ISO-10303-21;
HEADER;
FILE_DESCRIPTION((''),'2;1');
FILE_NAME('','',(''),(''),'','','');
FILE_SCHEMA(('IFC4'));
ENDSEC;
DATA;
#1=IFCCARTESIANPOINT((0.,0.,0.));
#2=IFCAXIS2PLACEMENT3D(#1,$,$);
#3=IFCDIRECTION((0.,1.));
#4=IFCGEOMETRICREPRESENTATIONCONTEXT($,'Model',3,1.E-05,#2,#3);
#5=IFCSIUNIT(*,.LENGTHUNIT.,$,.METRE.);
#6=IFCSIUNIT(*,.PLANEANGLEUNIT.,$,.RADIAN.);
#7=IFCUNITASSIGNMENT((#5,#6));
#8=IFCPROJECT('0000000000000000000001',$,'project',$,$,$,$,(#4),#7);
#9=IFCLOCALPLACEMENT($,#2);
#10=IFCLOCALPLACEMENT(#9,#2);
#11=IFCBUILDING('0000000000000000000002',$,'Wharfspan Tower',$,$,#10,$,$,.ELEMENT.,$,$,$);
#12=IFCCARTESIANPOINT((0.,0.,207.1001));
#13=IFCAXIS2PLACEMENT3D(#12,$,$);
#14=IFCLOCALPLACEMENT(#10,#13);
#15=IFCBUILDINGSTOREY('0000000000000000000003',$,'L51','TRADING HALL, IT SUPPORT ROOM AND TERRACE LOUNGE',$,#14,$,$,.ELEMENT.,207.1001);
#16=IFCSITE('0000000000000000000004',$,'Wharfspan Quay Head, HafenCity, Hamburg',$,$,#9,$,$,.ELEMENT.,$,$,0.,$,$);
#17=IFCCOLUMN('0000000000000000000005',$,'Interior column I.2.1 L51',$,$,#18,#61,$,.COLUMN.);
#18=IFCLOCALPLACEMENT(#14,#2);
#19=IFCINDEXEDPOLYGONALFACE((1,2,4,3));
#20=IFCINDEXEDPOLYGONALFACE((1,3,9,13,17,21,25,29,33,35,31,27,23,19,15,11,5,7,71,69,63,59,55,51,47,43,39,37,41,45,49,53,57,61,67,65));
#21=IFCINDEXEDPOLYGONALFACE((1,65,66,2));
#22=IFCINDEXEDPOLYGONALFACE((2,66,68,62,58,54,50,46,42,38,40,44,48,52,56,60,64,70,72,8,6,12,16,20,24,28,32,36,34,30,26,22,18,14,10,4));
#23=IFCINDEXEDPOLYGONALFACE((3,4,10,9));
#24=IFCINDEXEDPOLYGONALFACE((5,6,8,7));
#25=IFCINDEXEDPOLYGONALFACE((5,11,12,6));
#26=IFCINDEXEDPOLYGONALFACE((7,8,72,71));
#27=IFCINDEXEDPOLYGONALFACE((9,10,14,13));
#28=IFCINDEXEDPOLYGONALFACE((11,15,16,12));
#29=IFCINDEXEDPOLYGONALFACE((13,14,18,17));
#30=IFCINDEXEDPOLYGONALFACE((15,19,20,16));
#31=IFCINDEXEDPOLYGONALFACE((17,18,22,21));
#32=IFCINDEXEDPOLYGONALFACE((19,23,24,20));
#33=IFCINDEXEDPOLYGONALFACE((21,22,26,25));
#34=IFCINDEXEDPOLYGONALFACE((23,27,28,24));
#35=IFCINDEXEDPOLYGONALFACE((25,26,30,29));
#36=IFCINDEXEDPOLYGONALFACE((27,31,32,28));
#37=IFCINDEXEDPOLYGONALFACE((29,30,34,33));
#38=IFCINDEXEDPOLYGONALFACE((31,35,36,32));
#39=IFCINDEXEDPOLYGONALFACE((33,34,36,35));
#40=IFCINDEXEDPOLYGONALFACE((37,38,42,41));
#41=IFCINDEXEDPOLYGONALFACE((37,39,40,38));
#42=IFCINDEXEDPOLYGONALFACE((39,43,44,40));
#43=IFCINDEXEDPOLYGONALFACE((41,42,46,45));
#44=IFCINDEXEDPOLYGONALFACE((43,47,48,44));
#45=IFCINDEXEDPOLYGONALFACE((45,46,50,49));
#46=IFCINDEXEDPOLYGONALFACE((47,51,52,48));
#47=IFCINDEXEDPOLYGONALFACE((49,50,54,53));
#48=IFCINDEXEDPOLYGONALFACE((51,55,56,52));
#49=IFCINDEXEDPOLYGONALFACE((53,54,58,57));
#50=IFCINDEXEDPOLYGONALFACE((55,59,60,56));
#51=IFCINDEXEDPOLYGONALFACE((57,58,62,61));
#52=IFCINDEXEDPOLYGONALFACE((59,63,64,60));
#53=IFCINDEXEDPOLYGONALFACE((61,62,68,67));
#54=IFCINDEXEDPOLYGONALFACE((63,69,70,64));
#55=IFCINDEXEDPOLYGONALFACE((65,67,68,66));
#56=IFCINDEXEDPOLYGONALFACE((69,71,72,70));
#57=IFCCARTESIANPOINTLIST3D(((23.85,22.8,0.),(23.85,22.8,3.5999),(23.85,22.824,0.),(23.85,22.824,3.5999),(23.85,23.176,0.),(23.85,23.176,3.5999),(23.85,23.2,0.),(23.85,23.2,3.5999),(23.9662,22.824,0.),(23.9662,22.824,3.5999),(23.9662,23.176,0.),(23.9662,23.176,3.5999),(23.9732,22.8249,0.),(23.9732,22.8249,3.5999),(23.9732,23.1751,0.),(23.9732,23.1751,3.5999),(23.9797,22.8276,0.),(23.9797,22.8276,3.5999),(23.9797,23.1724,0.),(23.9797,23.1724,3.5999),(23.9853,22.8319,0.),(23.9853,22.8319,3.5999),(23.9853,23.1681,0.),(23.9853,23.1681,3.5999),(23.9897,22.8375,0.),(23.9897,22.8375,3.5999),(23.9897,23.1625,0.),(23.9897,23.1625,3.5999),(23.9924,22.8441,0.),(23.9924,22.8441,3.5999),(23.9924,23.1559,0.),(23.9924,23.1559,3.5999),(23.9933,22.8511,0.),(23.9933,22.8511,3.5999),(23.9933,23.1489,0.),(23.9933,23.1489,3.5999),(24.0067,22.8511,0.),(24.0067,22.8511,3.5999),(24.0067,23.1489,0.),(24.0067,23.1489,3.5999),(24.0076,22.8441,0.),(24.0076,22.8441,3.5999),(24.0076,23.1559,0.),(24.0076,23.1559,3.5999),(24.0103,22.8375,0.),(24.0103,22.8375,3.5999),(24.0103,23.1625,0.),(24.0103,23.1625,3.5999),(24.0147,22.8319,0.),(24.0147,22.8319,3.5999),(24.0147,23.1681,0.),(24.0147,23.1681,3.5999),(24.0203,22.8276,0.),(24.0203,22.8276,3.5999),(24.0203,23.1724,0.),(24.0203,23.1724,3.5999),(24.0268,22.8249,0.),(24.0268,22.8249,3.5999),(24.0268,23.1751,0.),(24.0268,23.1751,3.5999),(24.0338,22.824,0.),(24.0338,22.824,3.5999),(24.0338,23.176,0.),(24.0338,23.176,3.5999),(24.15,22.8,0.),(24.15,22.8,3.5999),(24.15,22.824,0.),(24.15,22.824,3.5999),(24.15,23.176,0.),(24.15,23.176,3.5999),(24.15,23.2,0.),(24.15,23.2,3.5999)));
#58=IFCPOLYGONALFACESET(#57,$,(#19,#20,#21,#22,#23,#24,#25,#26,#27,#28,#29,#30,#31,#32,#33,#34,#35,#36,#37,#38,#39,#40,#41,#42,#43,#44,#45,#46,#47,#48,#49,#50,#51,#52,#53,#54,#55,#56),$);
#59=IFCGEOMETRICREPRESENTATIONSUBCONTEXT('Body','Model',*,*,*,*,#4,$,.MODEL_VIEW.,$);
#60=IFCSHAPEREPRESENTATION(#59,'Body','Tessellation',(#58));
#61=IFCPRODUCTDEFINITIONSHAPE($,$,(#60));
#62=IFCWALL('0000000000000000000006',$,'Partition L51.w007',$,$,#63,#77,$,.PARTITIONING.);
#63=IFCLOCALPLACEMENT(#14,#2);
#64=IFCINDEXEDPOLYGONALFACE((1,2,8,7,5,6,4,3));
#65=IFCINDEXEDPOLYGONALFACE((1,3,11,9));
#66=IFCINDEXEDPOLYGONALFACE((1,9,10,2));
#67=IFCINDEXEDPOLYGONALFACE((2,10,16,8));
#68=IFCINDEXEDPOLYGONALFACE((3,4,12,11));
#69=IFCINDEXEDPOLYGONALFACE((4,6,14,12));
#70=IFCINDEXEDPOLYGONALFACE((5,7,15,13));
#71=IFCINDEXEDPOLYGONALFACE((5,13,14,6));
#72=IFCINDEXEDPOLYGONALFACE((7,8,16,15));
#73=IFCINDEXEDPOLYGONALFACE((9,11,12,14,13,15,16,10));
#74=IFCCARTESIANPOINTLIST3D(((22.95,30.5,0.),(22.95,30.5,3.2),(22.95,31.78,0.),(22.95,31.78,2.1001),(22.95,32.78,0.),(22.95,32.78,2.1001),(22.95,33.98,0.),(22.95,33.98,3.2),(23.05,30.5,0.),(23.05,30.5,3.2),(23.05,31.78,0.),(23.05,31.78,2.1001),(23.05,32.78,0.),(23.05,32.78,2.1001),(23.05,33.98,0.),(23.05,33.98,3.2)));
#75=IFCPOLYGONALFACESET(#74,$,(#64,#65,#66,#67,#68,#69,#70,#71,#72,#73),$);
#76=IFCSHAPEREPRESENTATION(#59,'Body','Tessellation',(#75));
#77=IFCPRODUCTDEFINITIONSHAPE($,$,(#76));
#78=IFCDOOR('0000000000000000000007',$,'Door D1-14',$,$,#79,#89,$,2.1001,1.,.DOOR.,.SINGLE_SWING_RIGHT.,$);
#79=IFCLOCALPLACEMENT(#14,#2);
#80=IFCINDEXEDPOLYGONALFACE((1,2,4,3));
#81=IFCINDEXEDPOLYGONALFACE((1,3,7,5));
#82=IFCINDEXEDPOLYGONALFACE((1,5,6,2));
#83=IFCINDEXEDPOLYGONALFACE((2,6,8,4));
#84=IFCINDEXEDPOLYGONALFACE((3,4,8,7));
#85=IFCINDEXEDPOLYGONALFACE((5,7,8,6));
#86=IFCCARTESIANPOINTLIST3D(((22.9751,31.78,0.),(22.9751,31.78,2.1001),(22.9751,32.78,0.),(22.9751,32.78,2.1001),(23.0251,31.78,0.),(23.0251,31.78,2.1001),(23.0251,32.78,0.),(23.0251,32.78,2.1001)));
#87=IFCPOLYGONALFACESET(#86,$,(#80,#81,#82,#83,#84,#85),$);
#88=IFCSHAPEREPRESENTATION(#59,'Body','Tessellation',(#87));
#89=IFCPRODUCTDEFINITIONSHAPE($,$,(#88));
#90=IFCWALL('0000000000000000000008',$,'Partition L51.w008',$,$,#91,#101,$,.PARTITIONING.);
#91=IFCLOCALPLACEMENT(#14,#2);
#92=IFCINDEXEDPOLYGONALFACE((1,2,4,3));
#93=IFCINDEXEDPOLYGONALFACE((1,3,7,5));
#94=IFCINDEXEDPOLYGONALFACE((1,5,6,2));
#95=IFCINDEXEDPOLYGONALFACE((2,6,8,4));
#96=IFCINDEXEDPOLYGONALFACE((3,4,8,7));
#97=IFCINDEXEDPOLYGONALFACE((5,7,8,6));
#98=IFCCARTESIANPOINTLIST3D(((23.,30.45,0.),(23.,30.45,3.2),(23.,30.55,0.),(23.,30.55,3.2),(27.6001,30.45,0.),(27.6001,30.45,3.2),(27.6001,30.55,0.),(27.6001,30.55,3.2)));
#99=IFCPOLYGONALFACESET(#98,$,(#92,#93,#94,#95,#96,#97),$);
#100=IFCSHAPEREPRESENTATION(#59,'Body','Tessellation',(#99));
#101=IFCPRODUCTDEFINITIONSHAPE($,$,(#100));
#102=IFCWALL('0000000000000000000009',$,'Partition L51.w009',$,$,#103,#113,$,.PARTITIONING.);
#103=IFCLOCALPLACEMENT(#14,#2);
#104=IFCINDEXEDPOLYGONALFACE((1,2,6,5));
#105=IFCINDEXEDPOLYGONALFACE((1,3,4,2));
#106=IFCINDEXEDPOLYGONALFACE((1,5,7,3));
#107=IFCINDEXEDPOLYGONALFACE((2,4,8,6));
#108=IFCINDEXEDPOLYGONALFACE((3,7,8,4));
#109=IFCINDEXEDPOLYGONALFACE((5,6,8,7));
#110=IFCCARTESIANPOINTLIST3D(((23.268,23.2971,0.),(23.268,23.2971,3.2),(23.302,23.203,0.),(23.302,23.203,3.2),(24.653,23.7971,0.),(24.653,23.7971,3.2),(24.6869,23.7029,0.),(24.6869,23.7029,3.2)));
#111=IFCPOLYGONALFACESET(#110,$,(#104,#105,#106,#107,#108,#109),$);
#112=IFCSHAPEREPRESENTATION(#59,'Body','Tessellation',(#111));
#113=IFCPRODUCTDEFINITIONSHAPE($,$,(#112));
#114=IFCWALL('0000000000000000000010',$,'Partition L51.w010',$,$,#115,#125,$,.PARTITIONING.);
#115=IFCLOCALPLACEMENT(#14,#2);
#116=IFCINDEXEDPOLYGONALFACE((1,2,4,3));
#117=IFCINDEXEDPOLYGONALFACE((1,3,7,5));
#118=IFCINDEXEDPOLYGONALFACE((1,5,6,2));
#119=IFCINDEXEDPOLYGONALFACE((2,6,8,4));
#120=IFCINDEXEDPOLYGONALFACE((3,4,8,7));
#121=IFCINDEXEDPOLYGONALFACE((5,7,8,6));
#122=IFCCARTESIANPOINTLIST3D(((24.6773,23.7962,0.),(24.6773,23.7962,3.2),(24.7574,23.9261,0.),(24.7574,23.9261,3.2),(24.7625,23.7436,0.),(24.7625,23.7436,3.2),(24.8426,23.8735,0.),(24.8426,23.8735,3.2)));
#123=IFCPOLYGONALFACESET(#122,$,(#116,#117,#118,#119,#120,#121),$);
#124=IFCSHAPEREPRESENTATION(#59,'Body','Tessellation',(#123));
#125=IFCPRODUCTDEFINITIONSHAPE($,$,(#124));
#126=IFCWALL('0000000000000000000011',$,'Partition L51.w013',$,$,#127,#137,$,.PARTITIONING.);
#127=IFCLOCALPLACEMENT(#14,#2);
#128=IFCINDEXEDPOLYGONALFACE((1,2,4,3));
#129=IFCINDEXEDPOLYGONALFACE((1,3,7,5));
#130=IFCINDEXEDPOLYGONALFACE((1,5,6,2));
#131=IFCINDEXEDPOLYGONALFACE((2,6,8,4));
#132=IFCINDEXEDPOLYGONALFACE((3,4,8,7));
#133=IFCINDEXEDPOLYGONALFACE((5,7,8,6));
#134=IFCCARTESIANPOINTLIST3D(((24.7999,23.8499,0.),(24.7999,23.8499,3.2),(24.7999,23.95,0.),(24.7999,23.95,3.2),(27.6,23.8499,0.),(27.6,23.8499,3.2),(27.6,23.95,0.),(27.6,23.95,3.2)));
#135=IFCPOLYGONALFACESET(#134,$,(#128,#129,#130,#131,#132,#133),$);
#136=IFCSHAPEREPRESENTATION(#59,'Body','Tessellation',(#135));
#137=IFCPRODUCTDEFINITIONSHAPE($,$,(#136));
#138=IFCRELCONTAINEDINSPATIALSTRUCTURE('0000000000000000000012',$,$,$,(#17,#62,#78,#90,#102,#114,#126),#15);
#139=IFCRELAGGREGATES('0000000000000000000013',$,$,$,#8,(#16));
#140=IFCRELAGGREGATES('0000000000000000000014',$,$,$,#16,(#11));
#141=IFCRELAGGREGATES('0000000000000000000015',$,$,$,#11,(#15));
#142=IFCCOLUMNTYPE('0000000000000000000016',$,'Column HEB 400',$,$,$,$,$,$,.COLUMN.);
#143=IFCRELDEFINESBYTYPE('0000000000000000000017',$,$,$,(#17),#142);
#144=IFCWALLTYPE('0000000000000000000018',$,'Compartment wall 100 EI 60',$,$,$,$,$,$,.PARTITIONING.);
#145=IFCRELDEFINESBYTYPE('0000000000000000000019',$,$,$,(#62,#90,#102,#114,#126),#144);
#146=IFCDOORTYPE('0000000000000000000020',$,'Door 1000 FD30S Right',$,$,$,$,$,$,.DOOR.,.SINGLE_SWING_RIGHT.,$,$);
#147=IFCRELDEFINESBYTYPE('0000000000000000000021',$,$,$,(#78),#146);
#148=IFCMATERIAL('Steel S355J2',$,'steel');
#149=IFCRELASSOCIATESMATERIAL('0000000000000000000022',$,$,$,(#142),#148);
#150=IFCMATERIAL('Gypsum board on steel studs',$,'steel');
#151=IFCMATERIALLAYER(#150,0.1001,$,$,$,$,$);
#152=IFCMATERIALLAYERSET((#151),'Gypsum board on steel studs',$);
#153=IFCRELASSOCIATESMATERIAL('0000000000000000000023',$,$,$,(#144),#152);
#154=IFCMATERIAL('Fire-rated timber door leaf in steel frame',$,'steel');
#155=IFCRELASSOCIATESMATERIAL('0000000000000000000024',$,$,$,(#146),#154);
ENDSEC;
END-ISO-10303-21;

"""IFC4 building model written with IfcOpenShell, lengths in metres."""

from ifc_helpers import new_model, si_unit, direction, frame, frame_2d, origin, origin_2d, place, context, subcontext, project, spatial, rectangle, i_section, extrude, material, layer, layer_set, material_profile, profile_set, type_object, element, fill, save


model = new_model("IFC4")

# Units and contexts
model_context = context("Model", 3, precision=1e-05, world=origin(), true_north=direction((0.0, 1.0)))
body_context = subcontext(model_context, "Body", "Model", "MODEL_VIEW")
ifc_project = project(units=[si_unit("LENGTHUNIT", "METRE"), si_unit("PLANEANGLEUNIT", "RADIAN")], contexts=[model_context])

# Site, building, storey
site_placement = place(None, origin())
site = spatial("IfcSite", under=ifc_project, at=site_placement, Name="Wharfspan Quay Head, HafenCity, Hamburg", CompositionType="ELEMENT", RefElevation=0.0)
building_placement = place(site_placement, origin())
building = spatial("IfcBuilding", under=site, at=building_placement, Name="Wharfspan Tower", CompositionType="ELEMENT")
storey_placement = place(building_placement, frame((0.0, 0.0, 207.1001)))
storey = spatial("IfcBuildingStorey", under=building, at=storey_placement, Name="L51", Description="TRADING HALL, IT SUPPORT ROOM AND TERRACE LOUNGE", CompositionType="ELEMENT", Elevation=207.1001)

# Column
ifc_material_1 = material(Name="Steel S355J2", Category="steel")
ifc_material_profile = material_profile(ifc_material_1, i_section(OverallWidth=0.3, OverallDepth=0.3999, WebThickness=0.0134, FlangeThickness=0.0239, FilletRadius=0.0271, at=origin_2d()))
ifc_profile_set = profile_set([ifc_material_profile], Name="Steel S355J2")
column_type = type_object("IfcColumnType", Name="Column HEB 400", PredefinedType="COLUMN", material=ifc_profile_set)
column_placement = place(storey_placement, frame((24.0, 23.0, 0.0), z_axis=(0.0, 0.0, 1.0), x_axis=(1.0, 0.0, 0.0)))
element("IfcColumn", 1, at=column_placement, inside=storey, type_object=column_type, Name="Interior column I.2.1 L51", PredefinedType="COLUMN", context=body_context, shape_type="SweptSolid", body=[
    extrude(i_section(OverallWidth=0.3, OverallDepth=0.3999, WebThickness=0.0134, FlangeThickness=0.0239, FilletRadius=0.0271, at=origin_2d()), origin(), (0.0, 0.0, 1.0), 3.5999),
])

# Wall, opening, door
ifc_material_2 = material(Name="Gypsum board on steel studs", Category="steel")
ifc_layer_1 = layer(ifc_material_2, 0.1001)
ifc_layer_set_1 = layer_set([ifc_layer_1], Name="Gypsum board on steel studs")
wall_type_1 = type_object("IfcWallType", Name="Compartment wall 100 EI 60", PredefinedType="PARTITIONING", material=ifc_layer_set_1)
wall_1_placement = place(storey_placement, frame((23.0, 30.5, 0.0), z_axis=(0.0, 0.0, 1.0), x_axis=(0.0, 1.0, 0.0)))
wall_1 = element("IfcWall", 2, at=wall_1_placement, inside=storey, type_object=wall_type_1, Name="Partition L51.w007", PredefinedType="PARTITIONING", context=body_context, shape_type="SweptSolid", body=[
    extrude(rectangle(XDim=3.48, YDim=0.1001, at=frame_2d((1.74, 0.0))), origin(), (0.0, 0.0, 1.0), 3.2),
])
opening_1_placement = place(wall_1_placement, frame((1.28, 0.0, 0.0)))
opening_1 = element("IfcOpeningElement", 3, at=opening_1_placement, cuts=wall_1, PredefinedType="OPENING", context=body_context, shape_type="SweptSolid", body=[
    extrude(rectangle(XDim=1.0, YDim=2.1001, at=frame_2d((0.5, 1.05))), frame((0.0, 0.0601, 0.0), z_axis=(0.0, -1.0, 0.0), x_axis=(1.0, 0.0, 0.0)), (0.0, 0.0, 1.0), 0.1201),
])
ifc_material_3 = material(Name="Fire-rated timber door leaf in steel frame", Category="steel")
door_type_1 = type_object("IfcDoorType", Name="Door 1000 FD30S Right", OperationType="SINGLE_SWING_RIGHT", PredefinedType="DOOR", material=ifc_material_3)
door_1_placement = place(opening_1_placement, origin())
door_1 = element("IfcDoor", 4, at=door_1_placement, inside=storey, type_object=door_type_1, Name="Door D1-14", OperationType="SINGLE_SWING_RIGHT", OverallHeight=2.1001, OverallWidth=1.0, PredefinedType="DOOR", context=body_context, shape_type="SweptSolid", body=[
    extrude(rectangle(XDim=1.0, YDim=2.1001, at=frame_2d((0.5, 1.05))), frame((0.0, 0.0249, 0.0), z_axis=(0.0, -1.0, 0.0), x_axis=(1.0, 0.0, 0.0)), (0.0, 0.0, 1.0), 0.05),
])
fill(opening_1, door_1)

# Walls
wall_2_placement = place(storey_placement, frame((23.0, 30.5, 0.0), z_axis=(0.0, 0.0, 1.0), x_axis=(1.0, 0.0, 0.0)))
element("IfcWall", 5, at=wall_2_placement, inside=storey, type_object=wall_type_1, Name="Partition L51.w008", PredefinedType="PARTITIONING", context=body_context, shape_type="SweptSolid", body=[
    extrude(rectangle(XDim=4.6001, YDim=0.1001, at=frame_2d((2.3, 0.0))), origin(), (0.0, 0.0, 1.0), 3.2),
])
wall_3_placement = place(storey_placement, frame((23.2849, 23.25, 0.0), z_axis=(0.0, 0.0, 1.0), x_axis=(0.940585, 0.339559, 0.0)))
element("IfcWall", 6, at=wall_3_placement, inside=storey, type_object=wall_type_1, Name="Partition L51.w009", PredefinedType="PARTITIONING", context=body_context, shape_type="SweptSolid", body=[
    extrude(rectangle(XDim=1.4724, YDim=0.1001, at=frame_2d((0.7363, 0.0))), origin(), (0.0, 0.0, 1.0), 3.2),
])
wall_4_placement = place(storey_placement, frame((24.72, 23.77, 0.0), z_axis=(0.0, 0.0, 1.0), x_axis=(0.524813, 0.851221, 0.0)))
element("IfcWall", 7, at=wall_4_placement, inside=storey, type_object=wall_type_1, Name="Partition L51.w010", PredefinedType="PARTITIONING", context=body_context, shape_type="SweptSolid", body=[
    extrude(rectangle(XDim=0.1526, YDim=0.1001, at=frame_2d((0.0762, 0.0))), origin(), (0.0, 0.0, 1.0), 3.2),
])
wall_5_placement = place(storey_placement, frame((24.8, 23.8999, 0.0), z_axis=(0.0, 0.0, 1.0), x_axis=(1.0, 0.0, 0.0)))
element("IfcWall", 8, at=wall_5_placement, inside=storey, type_object=wall_type_1, Name="Partition L51.w013", PredefinedType="PARTITIONING", context=body_context, shape_type="SweptSolid", body=[
    extrude(rectangle(XDim=2.8, YDim=0.1001, at=frame_2d((1.3999, 0.0))), origin(), (0.0, 0.0, 1.0), 3.2),
])

save(model, "model.ifc")
